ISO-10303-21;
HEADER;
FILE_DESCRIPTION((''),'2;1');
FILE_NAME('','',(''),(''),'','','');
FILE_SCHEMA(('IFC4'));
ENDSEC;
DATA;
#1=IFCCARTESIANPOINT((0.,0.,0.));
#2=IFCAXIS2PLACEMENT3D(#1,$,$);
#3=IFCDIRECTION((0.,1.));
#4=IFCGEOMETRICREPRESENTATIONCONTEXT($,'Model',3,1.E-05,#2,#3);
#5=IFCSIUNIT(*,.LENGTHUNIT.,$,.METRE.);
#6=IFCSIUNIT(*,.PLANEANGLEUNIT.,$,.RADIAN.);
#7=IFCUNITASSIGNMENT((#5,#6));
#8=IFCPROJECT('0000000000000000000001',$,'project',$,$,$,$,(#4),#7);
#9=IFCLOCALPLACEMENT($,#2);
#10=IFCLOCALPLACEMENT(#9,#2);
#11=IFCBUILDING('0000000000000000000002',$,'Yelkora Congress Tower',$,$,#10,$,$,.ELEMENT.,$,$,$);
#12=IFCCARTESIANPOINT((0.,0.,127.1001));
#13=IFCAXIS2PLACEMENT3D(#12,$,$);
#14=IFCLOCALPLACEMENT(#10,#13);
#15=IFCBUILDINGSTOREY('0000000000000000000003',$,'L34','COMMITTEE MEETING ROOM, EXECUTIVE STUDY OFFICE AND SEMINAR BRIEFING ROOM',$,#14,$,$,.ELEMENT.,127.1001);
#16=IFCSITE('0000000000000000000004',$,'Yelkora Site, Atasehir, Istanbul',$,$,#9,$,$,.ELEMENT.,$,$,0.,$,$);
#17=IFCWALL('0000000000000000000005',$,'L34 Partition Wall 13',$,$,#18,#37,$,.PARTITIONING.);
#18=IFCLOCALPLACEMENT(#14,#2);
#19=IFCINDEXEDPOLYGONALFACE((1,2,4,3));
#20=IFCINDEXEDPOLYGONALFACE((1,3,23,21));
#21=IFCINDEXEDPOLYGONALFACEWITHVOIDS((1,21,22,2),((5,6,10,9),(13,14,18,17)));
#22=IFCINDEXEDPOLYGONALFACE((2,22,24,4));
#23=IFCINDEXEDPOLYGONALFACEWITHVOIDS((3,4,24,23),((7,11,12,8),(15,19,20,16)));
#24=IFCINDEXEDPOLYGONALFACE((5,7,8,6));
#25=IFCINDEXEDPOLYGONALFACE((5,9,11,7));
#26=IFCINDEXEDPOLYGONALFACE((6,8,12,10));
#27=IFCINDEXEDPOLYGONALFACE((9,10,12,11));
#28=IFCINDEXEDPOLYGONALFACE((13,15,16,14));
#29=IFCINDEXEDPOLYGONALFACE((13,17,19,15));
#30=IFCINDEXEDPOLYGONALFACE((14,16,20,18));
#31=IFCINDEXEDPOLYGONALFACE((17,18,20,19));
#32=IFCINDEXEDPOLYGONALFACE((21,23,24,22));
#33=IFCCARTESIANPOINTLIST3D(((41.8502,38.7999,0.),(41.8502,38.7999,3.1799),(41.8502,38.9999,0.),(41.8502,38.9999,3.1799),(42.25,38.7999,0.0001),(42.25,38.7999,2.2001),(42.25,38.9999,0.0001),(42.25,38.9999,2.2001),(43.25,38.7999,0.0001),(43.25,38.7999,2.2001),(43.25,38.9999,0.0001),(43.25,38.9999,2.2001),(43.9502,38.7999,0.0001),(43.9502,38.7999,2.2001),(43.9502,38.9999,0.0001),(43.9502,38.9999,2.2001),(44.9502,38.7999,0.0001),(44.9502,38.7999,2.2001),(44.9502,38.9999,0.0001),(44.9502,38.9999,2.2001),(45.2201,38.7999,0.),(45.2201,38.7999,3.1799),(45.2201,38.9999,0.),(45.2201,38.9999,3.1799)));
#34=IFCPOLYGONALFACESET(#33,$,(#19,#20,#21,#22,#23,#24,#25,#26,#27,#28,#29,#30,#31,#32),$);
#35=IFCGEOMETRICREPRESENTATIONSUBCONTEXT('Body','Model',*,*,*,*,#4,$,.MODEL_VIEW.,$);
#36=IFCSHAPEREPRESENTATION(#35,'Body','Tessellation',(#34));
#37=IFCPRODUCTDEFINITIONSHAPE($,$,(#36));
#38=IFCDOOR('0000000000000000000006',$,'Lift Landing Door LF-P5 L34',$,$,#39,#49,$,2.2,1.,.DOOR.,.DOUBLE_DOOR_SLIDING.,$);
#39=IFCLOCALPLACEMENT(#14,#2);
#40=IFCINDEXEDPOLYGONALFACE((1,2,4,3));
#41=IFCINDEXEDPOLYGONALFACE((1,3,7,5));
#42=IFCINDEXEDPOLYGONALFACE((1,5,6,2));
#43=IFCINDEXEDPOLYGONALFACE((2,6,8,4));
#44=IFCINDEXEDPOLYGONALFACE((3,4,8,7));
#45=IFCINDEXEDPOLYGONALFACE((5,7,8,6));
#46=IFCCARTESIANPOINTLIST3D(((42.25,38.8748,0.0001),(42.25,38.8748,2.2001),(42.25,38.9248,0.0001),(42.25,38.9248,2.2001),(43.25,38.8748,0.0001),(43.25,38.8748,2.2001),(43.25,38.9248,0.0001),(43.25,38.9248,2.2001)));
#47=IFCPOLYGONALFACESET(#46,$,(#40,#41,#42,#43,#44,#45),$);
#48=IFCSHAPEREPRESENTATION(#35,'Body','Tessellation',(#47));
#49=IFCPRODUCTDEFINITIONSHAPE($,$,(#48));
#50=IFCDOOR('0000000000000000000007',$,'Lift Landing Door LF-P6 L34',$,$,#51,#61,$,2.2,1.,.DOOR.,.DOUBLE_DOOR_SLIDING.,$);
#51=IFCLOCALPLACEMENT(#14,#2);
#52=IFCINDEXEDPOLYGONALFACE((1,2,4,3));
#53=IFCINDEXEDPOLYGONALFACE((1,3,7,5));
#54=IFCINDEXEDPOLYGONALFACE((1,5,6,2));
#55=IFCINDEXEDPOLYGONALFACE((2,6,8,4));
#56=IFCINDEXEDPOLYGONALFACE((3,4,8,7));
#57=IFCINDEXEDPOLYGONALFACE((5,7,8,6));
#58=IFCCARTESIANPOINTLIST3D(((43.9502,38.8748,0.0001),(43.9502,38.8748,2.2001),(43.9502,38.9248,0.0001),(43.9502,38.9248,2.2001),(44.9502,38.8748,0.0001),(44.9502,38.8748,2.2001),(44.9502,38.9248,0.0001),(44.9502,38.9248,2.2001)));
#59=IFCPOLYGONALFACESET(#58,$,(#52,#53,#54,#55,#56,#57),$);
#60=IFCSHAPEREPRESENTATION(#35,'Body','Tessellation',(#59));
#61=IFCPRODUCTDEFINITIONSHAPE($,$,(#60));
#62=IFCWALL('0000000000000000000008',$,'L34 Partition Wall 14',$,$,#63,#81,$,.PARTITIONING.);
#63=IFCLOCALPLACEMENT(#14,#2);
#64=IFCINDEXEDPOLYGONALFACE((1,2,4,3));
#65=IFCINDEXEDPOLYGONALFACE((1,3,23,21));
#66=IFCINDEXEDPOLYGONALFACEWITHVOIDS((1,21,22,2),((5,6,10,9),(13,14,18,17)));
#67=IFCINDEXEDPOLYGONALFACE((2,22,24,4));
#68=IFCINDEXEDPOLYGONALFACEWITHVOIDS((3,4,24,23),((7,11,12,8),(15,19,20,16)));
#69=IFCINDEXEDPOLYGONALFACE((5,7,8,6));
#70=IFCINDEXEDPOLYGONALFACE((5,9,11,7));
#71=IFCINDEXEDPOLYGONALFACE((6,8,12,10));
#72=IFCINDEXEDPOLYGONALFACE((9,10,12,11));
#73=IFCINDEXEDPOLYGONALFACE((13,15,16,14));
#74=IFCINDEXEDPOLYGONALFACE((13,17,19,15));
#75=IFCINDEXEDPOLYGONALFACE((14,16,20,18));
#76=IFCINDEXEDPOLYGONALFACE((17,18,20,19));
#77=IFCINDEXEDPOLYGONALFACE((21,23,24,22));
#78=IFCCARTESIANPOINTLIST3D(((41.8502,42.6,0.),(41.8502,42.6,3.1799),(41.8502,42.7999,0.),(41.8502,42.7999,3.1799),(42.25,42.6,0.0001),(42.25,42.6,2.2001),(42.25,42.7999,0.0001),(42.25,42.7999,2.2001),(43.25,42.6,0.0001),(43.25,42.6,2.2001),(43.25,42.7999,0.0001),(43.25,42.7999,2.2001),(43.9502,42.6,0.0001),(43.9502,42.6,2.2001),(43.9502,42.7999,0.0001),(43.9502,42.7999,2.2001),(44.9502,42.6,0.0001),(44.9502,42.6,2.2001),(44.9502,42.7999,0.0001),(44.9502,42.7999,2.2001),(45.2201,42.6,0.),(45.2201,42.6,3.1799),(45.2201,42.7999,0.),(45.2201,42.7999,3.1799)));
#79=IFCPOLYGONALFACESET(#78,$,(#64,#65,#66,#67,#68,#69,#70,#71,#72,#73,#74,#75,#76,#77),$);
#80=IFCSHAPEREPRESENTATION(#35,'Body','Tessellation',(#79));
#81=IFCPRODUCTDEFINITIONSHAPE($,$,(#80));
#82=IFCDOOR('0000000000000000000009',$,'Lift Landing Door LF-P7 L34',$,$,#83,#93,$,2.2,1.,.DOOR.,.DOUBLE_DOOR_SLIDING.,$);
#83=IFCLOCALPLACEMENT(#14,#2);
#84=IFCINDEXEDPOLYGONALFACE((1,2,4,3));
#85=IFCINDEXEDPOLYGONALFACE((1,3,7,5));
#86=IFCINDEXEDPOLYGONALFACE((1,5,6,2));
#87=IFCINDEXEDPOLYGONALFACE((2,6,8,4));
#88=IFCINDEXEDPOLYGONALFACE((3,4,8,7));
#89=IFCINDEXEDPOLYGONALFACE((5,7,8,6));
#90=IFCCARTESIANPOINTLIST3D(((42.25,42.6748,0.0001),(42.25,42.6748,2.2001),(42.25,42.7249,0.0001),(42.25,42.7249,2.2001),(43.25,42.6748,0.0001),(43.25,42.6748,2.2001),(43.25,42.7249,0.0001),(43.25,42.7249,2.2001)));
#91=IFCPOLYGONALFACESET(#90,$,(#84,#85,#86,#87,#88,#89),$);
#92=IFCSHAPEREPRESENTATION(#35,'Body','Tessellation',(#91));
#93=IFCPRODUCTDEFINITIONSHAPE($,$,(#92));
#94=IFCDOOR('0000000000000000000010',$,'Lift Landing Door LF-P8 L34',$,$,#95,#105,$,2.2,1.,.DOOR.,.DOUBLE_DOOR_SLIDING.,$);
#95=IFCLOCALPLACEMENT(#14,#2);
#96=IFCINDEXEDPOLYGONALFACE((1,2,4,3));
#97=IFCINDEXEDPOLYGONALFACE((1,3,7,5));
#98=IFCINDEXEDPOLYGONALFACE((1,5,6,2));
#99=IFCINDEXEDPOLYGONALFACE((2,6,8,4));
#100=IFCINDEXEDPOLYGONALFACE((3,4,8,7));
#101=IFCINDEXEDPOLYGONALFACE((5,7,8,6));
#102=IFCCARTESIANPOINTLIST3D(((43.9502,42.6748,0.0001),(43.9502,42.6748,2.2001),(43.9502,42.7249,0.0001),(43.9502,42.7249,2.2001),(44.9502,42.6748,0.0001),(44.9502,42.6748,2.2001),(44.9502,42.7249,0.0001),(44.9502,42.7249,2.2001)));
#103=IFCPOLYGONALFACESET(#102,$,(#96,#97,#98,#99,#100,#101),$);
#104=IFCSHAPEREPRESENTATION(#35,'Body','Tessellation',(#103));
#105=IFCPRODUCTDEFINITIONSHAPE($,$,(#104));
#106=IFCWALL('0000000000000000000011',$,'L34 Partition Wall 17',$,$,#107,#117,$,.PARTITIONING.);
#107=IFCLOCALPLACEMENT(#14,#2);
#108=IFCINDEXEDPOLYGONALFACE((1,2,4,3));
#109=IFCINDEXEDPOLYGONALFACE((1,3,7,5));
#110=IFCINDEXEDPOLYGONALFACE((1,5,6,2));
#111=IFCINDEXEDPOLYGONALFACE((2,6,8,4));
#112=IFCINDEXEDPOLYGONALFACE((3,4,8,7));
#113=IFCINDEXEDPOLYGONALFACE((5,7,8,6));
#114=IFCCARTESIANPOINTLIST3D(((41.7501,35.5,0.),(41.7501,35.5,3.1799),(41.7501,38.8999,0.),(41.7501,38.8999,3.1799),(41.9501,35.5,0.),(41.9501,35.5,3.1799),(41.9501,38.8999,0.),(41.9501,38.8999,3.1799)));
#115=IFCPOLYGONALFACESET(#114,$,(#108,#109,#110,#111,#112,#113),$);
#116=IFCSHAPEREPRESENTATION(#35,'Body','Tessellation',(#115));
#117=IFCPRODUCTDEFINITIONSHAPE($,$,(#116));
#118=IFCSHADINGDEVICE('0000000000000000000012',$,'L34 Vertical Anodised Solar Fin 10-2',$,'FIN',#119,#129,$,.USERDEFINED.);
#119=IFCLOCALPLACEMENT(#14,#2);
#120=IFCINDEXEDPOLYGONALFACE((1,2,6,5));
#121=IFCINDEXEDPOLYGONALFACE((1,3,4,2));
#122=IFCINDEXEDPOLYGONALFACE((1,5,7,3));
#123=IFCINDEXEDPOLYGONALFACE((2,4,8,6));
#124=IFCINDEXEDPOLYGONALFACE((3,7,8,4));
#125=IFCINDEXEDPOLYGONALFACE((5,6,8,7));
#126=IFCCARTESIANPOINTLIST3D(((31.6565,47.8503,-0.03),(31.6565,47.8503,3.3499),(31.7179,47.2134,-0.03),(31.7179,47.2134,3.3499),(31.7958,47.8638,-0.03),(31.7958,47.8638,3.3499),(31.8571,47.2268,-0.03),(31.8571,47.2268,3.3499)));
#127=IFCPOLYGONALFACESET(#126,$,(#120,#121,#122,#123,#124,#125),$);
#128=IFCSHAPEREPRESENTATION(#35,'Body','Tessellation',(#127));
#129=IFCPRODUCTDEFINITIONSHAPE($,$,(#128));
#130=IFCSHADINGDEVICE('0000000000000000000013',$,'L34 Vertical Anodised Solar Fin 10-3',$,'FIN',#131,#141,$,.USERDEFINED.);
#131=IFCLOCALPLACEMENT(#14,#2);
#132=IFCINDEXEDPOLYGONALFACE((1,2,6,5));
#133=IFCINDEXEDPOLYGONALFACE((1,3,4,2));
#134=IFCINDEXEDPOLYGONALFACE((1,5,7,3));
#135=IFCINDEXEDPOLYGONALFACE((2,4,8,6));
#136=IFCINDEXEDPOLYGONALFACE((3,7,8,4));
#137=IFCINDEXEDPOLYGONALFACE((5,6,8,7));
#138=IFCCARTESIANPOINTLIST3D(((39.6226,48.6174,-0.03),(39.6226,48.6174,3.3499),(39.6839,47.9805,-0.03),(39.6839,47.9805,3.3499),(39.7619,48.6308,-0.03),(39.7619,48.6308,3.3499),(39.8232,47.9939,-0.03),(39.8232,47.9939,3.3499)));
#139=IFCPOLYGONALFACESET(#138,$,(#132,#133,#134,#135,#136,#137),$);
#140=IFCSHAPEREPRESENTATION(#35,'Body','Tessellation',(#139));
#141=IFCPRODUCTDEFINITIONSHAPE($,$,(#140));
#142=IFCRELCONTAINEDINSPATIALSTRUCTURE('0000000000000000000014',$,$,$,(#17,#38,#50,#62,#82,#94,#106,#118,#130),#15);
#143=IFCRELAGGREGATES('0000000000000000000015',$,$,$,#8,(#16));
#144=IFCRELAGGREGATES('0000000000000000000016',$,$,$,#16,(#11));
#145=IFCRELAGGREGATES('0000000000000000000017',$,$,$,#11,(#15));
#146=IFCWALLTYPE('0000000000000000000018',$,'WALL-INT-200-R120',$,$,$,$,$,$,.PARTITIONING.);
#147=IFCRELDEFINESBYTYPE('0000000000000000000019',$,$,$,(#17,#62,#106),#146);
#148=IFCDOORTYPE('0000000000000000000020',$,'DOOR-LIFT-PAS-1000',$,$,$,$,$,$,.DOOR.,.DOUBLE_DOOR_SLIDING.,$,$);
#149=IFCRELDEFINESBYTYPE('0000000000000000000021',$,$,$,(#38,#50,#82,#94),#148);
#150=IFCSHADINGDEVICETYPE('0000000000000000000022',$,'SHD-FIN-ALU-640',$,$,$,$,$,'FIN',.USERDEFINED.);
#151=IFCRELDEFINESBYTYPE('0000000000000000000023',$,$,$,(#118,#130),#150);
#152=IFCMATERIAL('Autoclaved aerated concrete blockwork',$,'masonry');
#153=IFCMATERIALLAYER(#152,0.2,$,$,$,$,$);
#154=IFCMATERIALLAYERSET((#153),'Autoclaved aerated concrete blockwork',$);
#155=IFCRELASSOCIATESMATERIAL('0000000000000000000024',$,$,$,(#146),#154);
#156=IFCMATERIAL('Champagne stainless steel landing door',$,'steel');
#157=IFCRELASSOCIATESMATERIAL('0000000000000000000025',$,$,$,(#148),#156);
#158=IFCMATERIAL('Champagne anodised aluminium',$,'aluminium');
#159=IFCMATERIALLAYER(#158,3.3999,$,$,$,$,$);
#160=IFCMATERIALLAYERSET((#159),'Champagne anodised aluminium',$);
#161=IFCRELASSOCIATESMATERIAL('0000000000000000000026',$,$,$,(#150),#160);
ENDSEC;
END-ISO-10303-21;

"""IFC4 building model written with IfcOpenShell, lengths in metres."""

from ifc_helpers import new_model, si_unit, direction, frame, frame_2d, origin, origin_2d, place, context, subcontext, project, spatial, rectangle, extrude, material, layer, layer_set, type_object, element, fill, save


model = new_model("IFC4")

# Units and contexts
model_context = context("Model", 3, precision=1e-05, world=origin(), true_north=direction((0.0, 1.0)))
body_context = subcontext(model_context, "Body", "Model", "MODEL_VIEW")
ifc_project = project(units=[si_unit("LENGTHUNIT", "METRE"), si_unit("PLANEANGLEUNIT", "RADIAN")], contexts=[model_context])

# Site, building, storey
site_placement = place(None, origin())
site = spatial("IfcSite", under=ifc_project, at=site_placement, Name="Yelkora Site, Atasehir, Istanbul", CompositionType="ELEMENT", RefElevation=0.0)
building_placement = place(site_placement, origin())
building = spatial("IfcBuilding", under=site, at=building_placement, Name="Yelkora Congress Tower", CompositionType="ELEMENT")
storey_placement = place(building_placement, frame((0.0, 0.0, 127.1001)))
storey = spatial("IfcBuildingStorey", under=building, at=storey_placement, Name="L34", Description="COMMITTEE MEETING ROOM, EXECUTIVE STUDY OFFICE AND SEMINAR BRIEFING ROOM", CompositionType="ELEMENT", Elevation=127.1001)

# Shared definitions
ifc_material_1 = material(Name="Autoclaved aerated concrete blockwork", Category="masonry")
ifc_layer_1 = layer(ifc_material_1, 0.2)
ifc_layer_set_1 = layer_set([ifc_layer_1], Name="Autoclaved aerated concrete blockwork")
wall_type_1 = type_object("IfcWallType", Name="WALL-INT-200-R120", PredefinedType="PARTITIONING", material=ifc_layer_set_1)

# Walls, openings, doors
wall_1_placement = place(storey_placement, frame((41.8501, 38.8999, 0.0), z_axis=(0.0, 0.0, 1.0), x_axis=(1.0, 0.0, 0.0)))
wall_1 = element("IfcWall", 1, at=wall_1_placement, inside=storey, type_object=wall_type_1, Name="L34 Partition Wall 13", PredefinedType="PARTITIONING", context=body_context, shape_type="SweptSolid", body=[
    extrude(rectangle(XDim=3.3699, YDim=0.2, at=frame_2d((1.6851, 0.0))), origin(), (0.0, 0.0, 1.0), 3.1799),
])
opening_1_placement = place(wall_1_placement, frame((0.3999, 0.0, 0.0)))
opening_1 = element("IfcOpeningElement", 2, at=opening_1_placement, cuts=wall_1, PredefinedType="OPENING", context=body_context, shape_type="SweptSolid", body=[
    extrude(rectangle(XDim=1.0, YDim=2.2, at=frame_2d((0.5, 1.1001))), frame((0.0, 0.1099, 0.0), z_axis=(0.0, -1.0, 0.0), x_axis=(1.0, 0.0, 0.0)), (0.0, 0.0, 1.0), 0.22),
])
opening_2_placement = place(wall_1_placement, frame((2.1001, 0.0, 0.0)))
opening_2 = element("IfcOpeningElement", 3, at=opening_2_placement, cuts=wall_1, PredefinedType="OPENING", context=body_context, shape_type="SweptSolid", body=[
    extrude(rectangle(XDim=1.0, YDim=2.2, at=frame_2d((0.5, 1.1001))), frame((0.0, 0.1099, 0.0), z_axis=(0.0, -1.0, 0.0), x_axis=(1.0, 0.0, 0.0)), (0.0, 0.0, 1.0), 0.22),
])
ifc_material_2 = material(Name="Champagne stainless steel landing door", Category="steel")
door_type_1 = type_object("IfcDoorType", Name="DOOR-LIFT-PAS-1000", OperationType="DOUBLE_DOOR_SLIDING", PredefinedType="DOOR", material=ifc_material_2)
door_1_placement = place(opening_1_placement, origin())
door_1 = element("IfcDoor", 4, at=door_1_placement, inside=storey, type_object=door_type_1, Name="Lift Landing Door LF-P5 L34", OperationType="DOUBLE_DOOR_SLIDING", OverallHeight=2.2, OverallWidth=1.0, PredefinedType="DOOR", context=body_context, shape_type="SweptSolid", body=[
    extrude(rectangle(XDim=1.0, YDim=2.2, at=frame_2d((0.5, 1.1001))), frame((0.0, 0.0249, 0.0), z_axis=(0.0, -1.0, 0.0), x_axis=(1.0, 0.0, 0.0)), (0.0, 0.0, 1.0), 0.05),
])
fill(opening_1, door_1)
door_2_placement = place(opening_2_placement, origin())
door_2 = element("IfcDoor", 5, at=door_2_placement, inside=storey, type_object=door_type_1, Name="Lift Landing Door LF-P6 L34", OperationType="DOUBLE_DOOR_SLIDING", OverallHeight=2.2, OverallWidth=1.0, PredefinedType="DOOR", context=body_context, shape_type="SweptSolid", body=[
    extrude(rectangle(XDim=1.0, YDim=2.2, at=frame_2d((0.5, 1.1001))), frame((0.0, 0.0249, 0.0), z_axis=(0.0, -1.0, 0.0), x_axis=(1.0, 0.0, 0.0)), (0.0, 0.0, 1.0), 0.05),
])
fill(opening_2, door_2)
wall_2_placement = place(storey_placement, frame((41.8501, 42.7, 0.0), z_axis=(0.0, 0.0, 1.0), x_axis=(1.0, 0.0, 0.0)))
wall_2 = element("IfcWall", 6, at=wall_2_placement, inside=storey, type_object=wall_type_1, Name="L34 Partition Wall 14", PredefinedType="PARTITIONING", context=body_context, shape_type="SweptSolid", body=[
    extrude(rectangle(XDim=3.3699, YDim=0.2, at=frame_2d((1.6851, 0.0))), origin(), (0.0, 0.0, 1.0), 3.1799),
])
opening_3_placement = place(wall_2_placement, frame((0.3999, 0.0, 0.0)))
opening_3 = element("IfcOpeningElement", 7, at=opening_3_placement, cuts=wall_2, PredefinedType="OPENING", context=body_context, shape_type="SweptSolid", body=[
    extrude(rectangle(XDim=1.0, YDim=2.2, at=frame_2d((0.5, 1.1001))), frame((0.0, 0.1099, 0.0), z_axis=(0.0, -1.0, 0.0), x_axis=(1.0, 0.0, 0.0)), (0.0, 0.0, 1.0), 0.22),
])
opening_4_placement = place(wall_2_placement, frame((2.1001, 0.0, 0.0)))
opening_4 = element("IfcOpeningElement", 8, at=opening_4_placement, cuts=wall_2, PredefinedType="OPENING", context=body_context, shape_type="SweptSolid", body=[
    extrude(rectangle(XDim=1.0, YDim=2.2, at=frame_2d((0.5, 1.1001))), frame((0.0, 0.1099, 0.0), z_axis=(0.0, -1.0, 0.0), x_axis=(1.0, 0.0, 0.0)), (0.0, 0.0, 1.0), 0.22),
])
door_3_placement = place(opening_3_placement, origin())
door_3 = element("IfcDoor", 9, at=door_3_placement, inside=storey, type_object=door_type_1, Name="Lift Landing Door LF-P7 L34", OperationType="DOUBLE_DOOR_SLIDING", OverallHeight=2.2, OverallWidth=1.0, PredefinedType="DOOR", context=body_context, shape_type="SweptSolid", body=[
    extrude(rectangle(XDim=1.0, YDim=2.2, at=frame_2d((0.5, 1.1001))), frame((0.0, 0.0249, 0.0), z_axis=(0.0, -1.0, 0.0), x_axis=(1.0, 0.0, 0.0)), (0.0, 0.0, 1.0), 0.05),
])
fill(opening_3, door_3)
door_4_placement = place(opening_4_placement, origin())
door_4 = element("IfcDoor", 10, at=door_4_placement, inside=storey, type_object=door_type_1, Name="Lift Landing Door LF-P8 L34", OperationType="DOUBLE_DOOR_SLIDING", OverallHeight=2.2, OverallWidth=1.0, PredefinedType="DOOR", context=body_context, shape_type="SweptSolid", body=[
    extrude(rectangle(XDim=1.0, YDim=2.2, at=frame_2d((0.5, 1.1001))), frame((0.0, 0.0249, 0.0), z_axis=(0.0, -1.0, 0.0), x_axis=(1.0, 0.0, 0.0)), (0.0, 0.0, 1.0), 0.05),
])
fill(opening_4, door_4)

# Wall
wall_3_placement = place(storey_placement, frame((41.8501, 35.5, 0.0), z_axis=(0.0, 0.0, 1.0), x_axis=(0.0, 1.0, 0.0)))
element("IfcWall", 11, at=wall_3_placement, inside=storey, type_object=wall_type_1, Name="L34 Partition Wall 17", PredefinedType="PARTITIONING", context=body_context, shape_type="SweptSolid", body=[
    extrude(rectangle(XDim=3.3999, YDim=0.2, at=frame_2d((1.7, 0.0))), origin(), (0.0, 0.0, 1.0), 3.1799),
])

# Shading devices
ifc_material_3 = material(Name="Champagne anodised aluminium", Category="aluminium")
ifc_layer_2 = layer(ifc_material_3, 3.3999)
ifc_layer_set_2 = layer_set([ifc_layer_2], Name="Champagne anodised aluminium")
shading_device_type = type_object("IfcShadingDeviceType", Name="SHD-FIN-ALU-640", ElementType="FIN", PredefinedType="USERDEFINED", material=ifc_layer_set_2)
for number, where, z_axis, x_axis, name in (
    (12, (31.7568, 47.5386, -0.03), (0.0, 0.0, 1.0), (0.995396, 0.095846, 0.0), "L34 Vertical Anodised Solar Fin 10-2"),
    (13, (39.7229, 48.3057, -0.03), (0.0, 0.0, 1.0), (0.995396, 0.095846, 0.0), "L34 Vertical Anodised Solar Fin 10-3"),
):
    element("IfcShadingDevice", number, at=place(storey_placement, frame(where, z_axis=z_axis, x_axis=x_axis)), inside=storey, type_object=shading_device_type, Name=name, ObjectType="FIN", PredefinedType="USERDEFINED", context=body_context, shape_type="SweptSolid", body=[
        extrude(rectangle(XDim=0.1399, YDim=0.6399, at=origin_2d()), origin(), (0.0, 0.0, 1.0), 3.3799),
    ])

save(model, "model.ifc")
